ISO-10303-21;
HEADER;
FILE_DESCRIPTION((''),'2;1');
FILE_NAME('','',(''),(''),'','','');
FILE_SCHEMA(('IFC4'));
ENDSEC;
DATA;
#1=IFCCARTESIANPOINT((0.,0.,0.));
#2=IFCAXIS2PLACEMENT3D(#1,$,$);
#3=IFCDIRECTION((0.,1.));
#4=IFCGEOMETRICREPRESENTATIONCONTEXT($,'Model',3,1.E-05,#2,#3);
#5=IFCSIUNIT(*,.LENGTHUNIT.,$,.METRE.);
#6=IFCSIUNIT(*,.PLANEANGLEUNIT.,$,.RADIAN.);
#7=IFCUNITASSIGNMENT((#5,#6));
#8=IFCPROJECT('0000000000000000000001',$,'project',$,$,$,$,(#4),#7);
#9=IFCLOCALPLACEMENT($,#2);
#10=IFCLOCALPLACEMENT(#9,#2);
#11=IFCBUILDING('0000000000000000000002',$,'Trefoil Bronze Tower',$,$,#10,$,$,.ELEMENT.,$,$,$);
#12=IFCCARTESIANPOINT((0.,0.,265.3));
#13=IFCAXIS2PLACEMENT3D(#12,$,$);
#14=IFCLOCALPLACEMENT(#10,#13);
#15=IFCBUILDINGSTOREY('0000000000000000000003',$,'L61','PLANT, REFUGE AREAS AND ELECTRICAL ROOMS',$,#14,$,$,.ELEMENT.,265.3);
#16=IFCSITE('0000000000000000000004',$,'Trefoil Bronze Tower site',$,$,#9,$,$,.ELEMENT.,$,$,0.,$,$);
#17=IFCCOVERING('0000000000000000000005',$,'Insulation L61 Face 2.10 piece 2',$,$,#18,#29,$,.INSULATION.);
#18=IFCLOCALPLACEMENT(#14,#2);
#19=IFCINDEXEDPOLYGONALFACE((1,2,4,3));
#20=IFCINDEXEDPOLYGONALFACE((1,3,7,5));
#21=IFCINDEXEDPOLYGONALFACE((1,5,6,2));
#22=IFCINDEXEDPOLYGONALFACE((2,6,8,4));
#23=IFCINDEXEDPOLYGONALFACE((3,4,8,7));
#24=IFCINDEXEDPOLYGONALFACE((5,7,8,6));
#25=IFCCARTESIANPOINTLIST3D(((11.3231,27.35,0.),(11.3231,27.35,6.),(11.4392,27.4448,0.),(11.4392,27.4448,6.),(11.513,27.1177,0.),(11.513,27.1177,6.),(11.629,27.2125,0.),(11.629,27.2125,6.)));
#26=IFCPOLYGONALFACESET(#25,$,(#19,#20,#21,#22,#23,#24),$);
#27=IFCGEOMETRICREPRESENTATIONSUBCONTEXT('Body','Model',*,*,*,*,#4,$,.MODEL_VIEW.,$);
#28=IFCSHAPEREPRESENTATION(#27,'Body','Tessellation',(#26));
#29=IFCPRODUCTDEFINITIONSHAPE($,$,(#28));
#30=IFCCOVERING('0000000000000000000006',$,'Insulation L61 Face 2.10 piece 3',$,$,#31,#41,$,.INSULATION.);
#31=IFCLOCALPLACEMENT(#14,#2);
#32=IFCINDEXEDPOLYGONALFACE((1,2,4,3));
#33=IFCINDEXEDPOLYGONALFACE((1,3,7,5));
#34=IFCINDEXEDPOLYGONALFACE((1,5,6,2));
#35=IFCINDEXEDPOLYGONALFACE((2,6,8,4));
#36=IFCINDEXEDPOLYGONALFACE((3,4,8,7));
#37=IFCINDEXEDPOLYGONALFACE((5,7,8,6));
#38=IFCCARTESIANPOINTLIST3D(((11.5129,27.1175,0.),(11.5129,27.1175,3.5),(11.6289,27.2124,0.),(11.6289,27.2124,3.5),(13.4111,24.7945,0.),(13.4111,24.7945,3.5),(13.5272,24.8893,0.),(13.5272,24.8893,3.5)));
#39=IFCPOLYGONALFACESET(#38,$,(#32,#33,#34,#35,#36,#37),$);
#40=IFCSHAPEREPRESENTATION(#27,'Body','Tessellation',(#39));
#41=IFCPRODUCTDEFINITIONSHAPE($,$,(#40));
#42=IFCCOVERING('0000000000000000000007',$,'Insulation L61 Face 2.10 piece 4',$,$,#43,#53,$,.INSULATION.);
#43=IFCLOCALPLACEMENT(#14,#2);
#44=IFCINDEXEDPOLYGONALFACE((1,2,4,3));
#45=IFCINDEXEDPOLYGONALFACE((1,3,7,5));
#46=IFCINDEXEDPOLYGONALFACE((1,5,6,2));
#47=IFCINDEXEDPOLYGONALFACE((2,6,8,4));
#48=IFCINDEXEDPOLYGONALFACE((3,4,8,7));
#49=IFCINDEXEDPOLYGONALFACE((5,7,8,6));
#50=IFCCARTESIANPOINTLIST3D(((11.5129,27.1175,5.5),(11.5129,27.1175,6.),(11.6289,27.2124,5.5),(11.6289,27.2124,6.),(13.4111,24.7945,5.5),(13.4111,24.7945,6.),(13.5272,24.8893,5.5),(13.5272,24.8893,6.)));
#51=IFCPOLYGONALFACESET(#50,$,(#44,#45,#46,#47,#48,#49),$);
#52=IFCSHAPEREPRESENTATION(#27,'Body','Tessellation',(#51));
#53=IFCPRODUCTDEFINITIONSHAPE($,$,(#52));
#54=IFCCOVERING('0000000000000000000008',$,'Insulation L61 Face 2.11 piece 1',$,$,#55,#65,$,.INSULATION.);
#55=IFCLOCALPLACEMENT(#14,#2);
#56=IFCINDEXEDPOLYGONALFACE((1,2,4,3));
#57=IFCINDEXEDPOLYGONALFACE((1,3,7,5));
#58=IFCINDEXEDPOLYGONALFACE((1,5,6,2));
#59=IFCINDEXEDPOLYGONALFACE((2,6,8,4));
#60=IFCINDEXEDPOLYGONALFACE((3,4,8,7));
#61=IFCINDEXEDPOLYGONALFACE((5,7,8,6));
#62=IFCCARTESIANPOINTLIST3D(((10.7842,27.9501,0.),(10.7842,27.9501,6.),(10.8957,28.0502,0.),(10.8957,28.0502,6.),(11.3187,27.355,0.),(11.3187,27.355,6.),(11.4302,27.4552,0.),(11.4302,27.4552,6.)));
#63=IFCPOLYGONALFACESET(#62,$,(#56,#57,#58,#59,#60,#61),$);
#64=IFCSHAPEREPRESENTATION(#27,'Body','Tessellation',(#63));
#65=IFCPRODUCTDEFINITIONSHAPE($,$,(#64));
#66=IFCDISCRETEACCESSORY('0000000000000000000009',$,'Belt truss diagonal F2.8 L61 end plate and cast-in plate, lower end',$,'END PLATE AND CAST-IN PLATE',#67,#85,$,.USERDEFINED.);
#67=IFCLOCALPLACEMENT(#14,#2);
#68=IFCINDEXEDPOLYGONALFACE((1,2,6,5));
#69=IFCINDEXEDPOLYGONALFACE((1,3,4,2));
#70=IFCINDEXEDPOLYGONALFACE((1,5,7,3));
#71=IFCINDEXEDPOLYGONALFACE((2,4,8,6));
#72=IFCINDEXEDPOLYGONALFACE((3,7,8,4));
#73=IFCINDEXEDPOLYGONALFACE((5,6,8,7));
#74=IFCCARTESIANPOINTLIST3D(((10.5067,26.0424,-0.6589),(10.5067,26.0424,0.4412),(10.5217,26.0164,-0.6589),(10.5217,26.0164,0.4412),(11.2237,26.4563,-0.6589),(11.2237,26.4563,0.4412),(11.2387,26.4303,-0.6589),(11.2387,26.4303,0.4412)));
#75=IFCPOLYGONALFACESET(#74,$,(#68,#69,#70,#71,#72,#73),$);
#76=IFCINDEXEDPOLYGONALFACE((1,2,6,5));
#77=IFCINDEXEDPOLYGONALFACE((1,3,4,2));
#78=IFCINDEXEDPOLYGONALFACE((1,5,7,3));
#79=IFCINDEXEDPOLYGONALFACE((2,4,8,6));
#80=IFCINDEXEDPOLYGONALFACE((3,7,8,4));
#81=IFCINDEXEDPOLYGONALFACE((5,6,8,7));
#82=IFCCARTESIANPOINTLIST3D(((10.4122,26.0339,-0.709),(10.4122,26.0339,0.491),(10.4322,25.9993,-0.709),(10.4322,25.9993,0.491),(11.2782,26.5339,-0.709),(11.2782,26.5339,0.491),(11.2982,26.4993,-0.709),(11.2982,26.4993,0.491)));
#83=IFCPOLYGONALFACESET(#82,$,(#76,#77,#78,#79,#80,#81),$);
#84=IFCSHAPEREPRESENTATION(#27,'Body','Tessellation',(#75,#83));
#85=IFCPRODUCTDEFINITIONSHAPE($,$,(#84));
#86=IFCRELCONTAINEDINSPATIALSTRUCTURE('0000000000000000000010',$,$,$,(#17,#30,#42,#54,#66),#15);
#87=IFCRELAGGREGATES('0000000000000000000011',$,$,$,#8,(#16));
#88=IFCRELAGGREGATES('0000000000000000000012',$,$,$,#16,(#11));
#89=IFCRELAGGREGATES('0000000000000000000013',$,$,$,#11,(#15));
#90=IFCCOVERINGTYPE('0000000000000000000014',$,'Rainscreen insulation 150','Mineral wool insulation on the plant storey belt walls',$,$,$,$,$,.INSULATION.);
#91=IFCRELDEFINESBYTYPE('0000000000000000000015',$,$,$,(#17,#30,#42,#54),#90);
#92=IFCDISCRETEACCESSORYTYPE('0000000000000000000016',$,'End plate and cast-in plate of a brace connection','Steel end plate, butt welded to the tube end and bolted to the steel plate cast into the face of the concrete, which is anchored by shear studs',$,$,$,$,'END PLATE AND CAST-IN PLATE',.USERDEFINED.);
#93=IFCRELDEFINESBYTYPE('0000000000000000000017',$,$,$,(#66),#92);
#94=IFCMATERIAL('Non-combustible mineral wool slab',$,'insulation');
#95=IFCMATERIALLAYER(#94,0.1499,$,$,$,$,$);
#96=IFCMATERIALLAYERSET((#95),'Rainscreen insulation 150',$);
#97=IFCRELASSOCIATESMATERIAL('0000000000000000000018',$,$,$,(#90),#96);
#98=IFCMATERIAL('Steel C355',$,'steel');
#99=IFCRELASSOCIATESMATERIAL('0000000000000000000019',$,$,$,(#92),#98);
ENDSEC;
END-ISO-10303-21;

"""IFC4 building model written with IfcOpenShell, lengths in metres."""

from ifc_helpers import new_model, si_unit, direction, frame, origin, origin_2d, place, context, subcontext, project, spatial, rectangle, extrude, material, layer, layer_set, type_object, element, save


model = new_model("IFC4")

# Units and contexts
model_context = context("Model", 3, precision=1e-05, world=origin(), true_north=direction((0.0, 1.0)))
body_context = subcontext(model_context, "Body", "Model", "MODEL_VIEW")
ifc_project = project(units=[si_unit("LENGTHUNIT", "METRE"), si_unit("PLANEANGLEUNIT", "RADIAN")], contexts=[model_context])

# Site, building, storey
site_placement = place(None, origin())
site = spatial("IfcSite", under=ifc_project, at=site_placement, Name="Trefoil Bronze Tower site", CompositionType="ELEMENT", RefElevation=0.0)
building_placement = place(site_placement, origin())
building = spatial("IfcBuilding", under=site, at=building_placement, Name="Trefoil Bronze Tower", CompositionType="ELEMENT")
storey_placement = place(building_placement, frame((0.0, 0.0, 265.3)))
storey = spatial("IfcBuildingStorey", under=building, at=storey_placement, Name="L61", Description="PLANT, REFUGE AREAS AND ELECTRICAL ROOMS", CompositionType="ELEMENT", Elevation=265.3)

# Coverings
ifc_material_1 = material(Name="Non-combustible mineral wool slab", Category="insulation")
ifc_layer_1 = layer(ifc_material_1, 0.1499)
ifc_layer_set_1 = layer_set([ifc_layer_1], Name="Rainscreen insulation 150")
covering_type_1 = type_object("IfcCoveringType", Name="Rainscreen insulation 150", Description="Mineral wool insulation on the plant storey belt walls", PredefinedType="INSULATION", material=ifc_layer_set_1)
covering_1_placement = place(storey_placement, frame((11.4761, 27.2812, 0.0), z_axis=(0.0, 0.0, 1.0), x_axis=(-0.632753, 0.774354, 0.0)))
element("IfcCovering", 1, at=covering_1_placement, inside=storey, type_object=covering_type_1, Name="Insulation L61 Face 2.10 piece 2", PredefinedType="INSULATION", context=body_context, shape_type="SweptSolid", body=[
    extrude(rectangle(XDim=0.3, YDim=0.1499, at=origin_2d()), origin(), (0.0, 0.0, 1.0), 6.0),
])
covering_2_placement = place(storey_placement, frame((12.52, 26.0034, 0.0), z_axis=(0.0, 0.0, 1.0), x_axis=(-0.632753, 0.774354, 0.0)))
element("IfcCovering", 2, at=covering_2_placement, inside=storey, type_object=covering_type_1, Name="Insulation L61 Face 2.10 piece 3", PredefinedType="INSULATION", context=body_context, shape_type="SweptSolid", body=[
    extrude(rectangle(XDim=3.0, YDim=0.1499, at=origin_2d()), origin(), (0.0, 0.0, 1.0), 3.5),
])
covering_3_placement = place(storey_placement, frame((12.52, 26.0034, 5.5), z_axis=(0.0, 0.0, 1.0), x_axis=(-0.632753, 0.774354, 0.0)))
element("IfcCovering", 3, at=covering_3_placement, inside=storey, type_object=covering_type_1, Name="Insulation L61 Face 2.10 piece 4", PredefinedType="INSULATION", context=body_context, shape_type="SweptSolid", body=[
    extrude(rectangle(XDim=3.0, YDim=0.1499, at=origin_2d()), origin(), (0.0, 0.0, 1.0), 0.5),
])
covering_4_placement = place(storey_placement, frame((11.1072, 27.7026, 0.0), z_axis=(0.0, 0.0, 1.0), x_axis=(-0.668246, 0.743941, 0.0)))
element("IfcCovering", 4, at=covering_4_placement, inside=storey, type_object=covering_type_1, Name="Insulation L61 Face 2.11 piece 1", PredefinedType="INSULATION", context=body_context, shape_type="SweptSolid", body=[
    extrude(rectangle(XDim=0.7998, YDim=0.1499, at=origin_2d()), origin(), (0.0, 0.0, 1.0), 6.0),
])

# Discrete accessory
ifc_material_2 = material(Name="Steel C355", Category="steel")
discrete_accessory_type = type_object("IfcDiscreteAccessoryType", Name="End plate and cast-in plate of a brace connection", Description="Steel end plate, butt welded to the tube end and bolted to the steel plate cast into the face of the concrete, which is anchored by shear studs", ElementType="END PLATE AND CAST-IN PLATE", PredefinedType="USERDEFINED", material=ifc_material_2)
discrete_accessory_placement = place(storey_placement, frame((10.8652, 26.2493, -0.1089), z_axis=(0.0, 0.0, 1.0), x_axis=(0.5, -0.866025, 0.0)))
element("IfcDiscreteAccessory", 5, at=discrete_accessory_placement, inside=storey, type_object=discrete_accessory_type, Name="Belt truss diagonal F2.8 L61 end plate and cast-in plate, lower end", ObjectType="END PLATE AND CAST-IN PLATE", PredefinedType="USERDEFINED", context=body_context, shape_type="SweptSolid", body=[
    extrude(rectangle(XDim=0.03, YDim=0.8279, at=origin_2d()), frame((0.0149, 0.0, -0.55)), (0.0, 0.0, 1.0), 1.1001),
    extrude(rectangle(XDim=0.04, YDim=1.0, at=origin_2d()), frame((-0.02, 0.0, -0.6001)), (0.0, 0.0, 1.0), 1.2),
])

save(model, "model.ifc")
